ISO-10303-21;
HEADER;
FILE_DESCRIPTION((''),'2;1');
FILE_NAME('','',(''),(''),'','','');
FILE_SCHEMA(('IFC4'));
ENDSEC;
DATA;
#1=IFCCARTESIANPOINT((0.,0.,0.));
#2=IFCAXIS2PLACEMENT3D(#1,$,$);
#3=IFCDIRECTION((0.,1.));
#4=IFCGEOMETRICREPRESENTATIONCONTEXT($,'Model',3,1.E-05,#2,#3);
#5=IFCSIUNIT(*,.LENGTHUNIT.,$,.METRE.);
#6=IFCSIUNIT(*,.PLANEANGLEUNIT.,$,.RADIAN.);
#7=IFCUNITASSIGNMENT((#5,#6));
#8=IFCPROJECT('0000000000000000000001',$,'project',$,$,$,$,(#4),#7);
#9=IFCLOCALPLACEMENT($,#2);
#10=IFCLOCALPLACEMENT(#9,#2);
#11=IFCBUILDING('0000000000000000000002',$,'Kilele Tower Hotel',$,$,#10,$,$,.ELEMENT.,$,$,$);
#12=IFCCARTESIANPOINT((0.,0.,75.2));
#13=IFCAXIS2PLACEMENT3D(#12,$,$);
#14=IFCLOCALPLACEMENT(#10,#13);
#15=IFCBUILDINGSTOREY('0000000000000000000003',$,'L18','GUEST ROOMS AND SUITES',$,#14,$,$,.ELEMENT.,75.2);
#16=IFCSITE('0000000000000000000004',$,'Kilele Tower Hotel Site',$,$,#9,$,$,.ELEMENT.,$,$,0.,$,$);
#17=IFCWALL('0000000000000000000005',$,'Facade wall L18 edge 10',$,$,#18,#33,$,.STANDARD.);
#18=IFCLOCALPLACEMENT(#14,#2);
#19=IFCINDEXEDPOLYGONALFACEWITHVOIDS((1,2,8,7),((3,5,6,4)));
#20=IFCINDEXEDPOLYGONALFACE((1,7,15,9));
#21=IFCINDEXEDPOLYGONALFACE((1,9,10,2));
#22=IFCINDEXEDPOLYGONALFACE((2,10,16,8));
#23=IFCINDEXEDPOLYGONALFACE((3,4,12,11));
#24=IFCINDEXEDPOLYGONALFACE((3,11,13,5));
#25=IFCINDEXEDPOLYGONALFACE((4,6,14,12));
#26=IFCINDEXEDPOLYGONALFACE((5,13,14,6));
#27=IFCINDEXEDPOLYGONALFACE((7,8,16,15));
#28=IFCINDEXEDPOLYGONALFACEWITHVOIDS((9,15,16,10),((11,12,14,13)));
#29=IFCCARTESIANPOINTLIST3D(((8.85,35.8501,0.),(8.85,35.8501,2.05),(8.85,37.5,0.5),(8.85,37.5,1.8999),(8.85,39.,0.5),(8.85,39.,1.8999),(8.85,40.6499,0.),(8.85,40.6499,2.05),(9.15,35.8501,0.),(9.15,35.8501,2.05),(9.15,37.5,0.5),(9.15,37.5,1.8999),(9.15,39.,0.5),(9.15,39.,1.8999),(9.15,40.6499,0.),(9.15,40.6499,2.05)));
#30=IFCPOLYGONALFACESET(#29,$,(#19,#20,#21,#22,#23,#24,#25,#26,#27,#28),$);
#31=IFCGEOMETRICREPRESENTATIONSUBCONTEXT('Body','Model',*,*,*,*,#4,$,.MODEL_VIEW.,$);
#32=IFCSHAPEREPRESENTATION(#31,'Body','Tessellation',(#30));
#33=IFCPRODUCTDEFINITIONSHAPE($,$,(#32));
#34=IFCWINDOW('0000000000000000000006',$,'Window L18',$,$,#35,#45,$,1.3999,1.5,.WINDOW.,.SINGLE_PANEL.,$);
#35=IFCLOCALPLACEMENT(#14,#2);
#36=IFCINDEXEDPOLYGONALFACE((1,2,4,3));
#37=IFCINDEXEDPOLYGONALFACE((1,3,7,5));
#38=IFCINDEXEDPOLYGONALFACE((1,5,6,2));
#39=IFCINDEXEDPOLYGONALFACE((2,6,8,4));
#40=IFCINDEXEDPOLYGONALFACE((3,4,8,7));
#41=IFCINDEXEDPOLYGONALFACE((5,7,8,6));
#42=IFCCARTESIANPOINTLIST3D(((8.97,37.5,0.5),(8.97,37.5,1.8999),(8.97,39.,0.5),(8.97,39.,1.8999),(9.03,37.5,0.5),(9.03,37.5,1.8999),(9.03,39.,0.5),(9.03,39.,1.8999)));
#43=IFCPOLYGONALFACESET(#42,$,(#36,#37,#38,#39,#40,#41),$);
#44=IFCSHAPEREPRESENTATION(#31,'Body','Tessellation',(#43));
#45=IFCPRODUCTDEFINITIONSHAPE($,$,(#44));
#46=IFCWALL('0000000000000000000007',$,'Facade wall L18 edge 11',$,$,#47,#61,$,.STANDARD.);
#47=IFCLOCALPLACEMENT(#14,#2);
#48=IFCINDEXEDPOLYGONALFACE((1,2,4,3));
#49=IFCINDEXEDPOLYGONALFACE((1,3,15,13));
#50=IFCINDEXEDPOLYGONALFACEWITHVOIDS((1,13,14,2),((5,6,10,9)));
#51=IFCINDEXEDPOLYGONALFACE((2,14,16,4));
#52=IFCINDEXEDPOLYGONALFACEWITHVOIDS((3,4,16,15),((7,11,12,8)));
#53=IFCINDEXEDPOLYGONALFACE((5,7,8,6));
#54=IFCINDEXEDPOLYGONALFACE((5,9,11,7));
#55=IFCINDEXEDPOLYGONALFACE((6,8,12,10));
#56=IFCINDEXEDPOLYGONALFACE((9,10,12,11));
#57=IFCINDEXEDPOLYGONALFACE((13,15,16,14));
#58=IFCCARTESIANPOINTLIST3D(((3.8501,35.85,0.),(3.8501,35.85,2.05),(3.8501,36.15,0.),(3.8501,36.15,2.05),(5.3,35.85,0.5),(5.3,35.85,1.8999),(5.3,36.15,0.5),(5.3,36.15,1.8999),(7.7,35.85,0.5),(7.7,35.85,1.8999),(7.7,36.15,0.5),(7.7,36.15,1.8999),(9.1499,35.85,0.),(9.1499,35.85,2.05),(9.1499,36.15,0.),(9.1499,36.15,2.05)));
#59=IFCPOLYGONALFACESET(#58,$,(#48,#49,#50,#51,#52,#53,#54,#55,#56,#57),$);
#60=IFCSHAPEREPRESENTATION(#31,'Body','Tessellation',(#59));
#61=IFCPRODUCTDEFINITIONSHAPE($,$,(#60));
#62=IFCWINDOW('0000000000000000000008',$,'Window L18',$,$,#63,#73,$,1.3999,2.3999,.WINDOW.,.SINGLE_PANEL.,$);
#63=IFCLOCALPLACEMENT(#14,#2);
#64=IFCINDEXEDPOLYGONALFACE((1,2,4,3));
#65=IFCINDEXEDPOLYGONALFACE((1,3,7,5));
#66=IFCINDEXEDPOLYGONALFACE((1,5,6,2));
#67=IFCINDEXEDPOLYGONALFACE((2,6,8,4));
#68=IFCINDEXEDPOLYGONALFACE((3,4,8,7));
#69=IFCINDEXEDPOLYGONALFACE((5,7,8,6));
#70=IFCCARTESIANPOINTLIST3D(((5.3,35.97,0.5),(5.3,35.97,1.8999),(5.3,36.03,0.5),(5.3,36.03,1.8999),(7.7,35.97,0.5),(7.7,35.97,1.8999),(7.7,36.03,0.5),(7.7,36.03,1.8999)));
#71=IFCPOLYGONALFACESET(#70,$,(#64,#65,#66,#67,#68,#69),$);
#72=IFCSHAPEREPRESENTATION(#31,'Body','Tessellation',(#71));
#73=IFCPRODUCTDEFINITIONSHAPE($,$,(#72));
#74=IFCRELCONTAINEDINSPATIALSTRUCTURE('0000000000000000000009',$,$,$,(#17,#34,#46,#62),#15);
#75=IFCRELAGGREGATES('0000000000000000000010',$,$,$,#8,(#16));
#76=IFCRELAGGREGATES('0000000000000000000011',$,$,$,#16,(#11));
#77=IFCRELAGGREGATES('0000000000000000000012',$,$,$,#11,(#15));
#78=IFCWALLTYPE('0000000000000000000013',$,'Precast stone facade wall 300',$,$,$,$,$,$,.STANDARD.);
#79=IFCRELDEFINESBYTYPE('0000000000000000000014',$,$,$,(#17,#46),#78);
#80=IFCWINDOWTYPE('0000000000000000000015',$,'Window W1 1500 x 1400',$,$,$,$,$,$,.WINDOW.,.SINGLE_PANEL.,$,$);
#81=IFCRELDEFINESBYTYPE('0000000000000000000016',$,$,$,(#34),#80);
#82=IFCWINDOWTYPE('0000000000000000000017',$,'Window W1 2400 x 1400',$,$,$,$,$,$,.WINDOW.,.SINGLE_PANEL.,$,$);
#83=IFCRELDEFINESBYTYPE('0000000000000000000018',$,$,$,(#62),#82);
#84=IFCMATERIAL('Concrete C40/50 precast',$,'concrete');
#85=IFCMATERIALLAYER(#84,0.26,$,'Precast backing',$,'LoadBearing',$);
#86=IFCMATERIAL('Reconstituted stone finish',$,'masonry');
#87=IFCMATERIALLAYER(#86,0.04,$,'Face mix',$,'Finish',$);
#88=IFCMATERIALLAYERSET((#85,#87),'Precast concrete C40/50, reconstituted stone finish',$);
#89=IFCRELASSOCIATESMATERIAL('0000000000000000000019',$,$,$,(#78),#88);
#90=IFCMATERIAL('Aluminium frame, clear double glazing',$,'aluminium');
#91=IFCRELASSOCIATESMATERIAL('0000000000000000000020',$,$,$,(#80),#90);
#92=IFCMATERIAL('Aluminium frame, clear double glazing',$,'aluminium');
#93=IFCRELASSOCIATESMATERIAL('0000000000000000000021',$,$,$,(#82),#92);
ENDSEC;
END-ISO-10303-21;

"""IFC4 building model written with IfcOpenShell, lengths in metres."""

from ifc_helpers import new_model, si_unit, direction, frame, frame_2d, origin, place, context, subcontext, project, spatial, rectangle, extrude, material, layer, layer_set, type_object, element, fill, save


model = new_model("IFC4")

# Units and contexts
model_context = context("Model", 3, precision=1e-05, world=origin(), true_north=direction((0.0, 1.0)))
body_context = subcontext(model_context, "Body", "Model", "MODEL_VIEW")
ifc_project = project(units=[si_unit("LENGTHUNIT", "METRE"), si_unit("PLANEANGLEUNIT", "RADIAN")], contexts=[model_context])

# Site, building, storey
site_placement = place(None, origin())
site = spatial("IfcSite", under=ifc_project, at=site_placement, Name="Kilele Tower Hotel Site", CompositionType="ELEMENT", RefElevation=0.0)
building_placement = place(site_placement, origin())
building = spatial("IfcBuilding", under=site, at=building_placement, Name="Kilele Tower Hotel", CompositionType="ELEMENT")
storey_placement = place(building_placement, frame((0.0, 0.0, 75.2)))
storey = spatial("IfcBuildingStorey", under=building, at=storey_placement, Name="L18", Description="GUEST ROOMS AND SUITES", CompositionType="ELEMENT", Elevation=75.2)

# Walls, openings, windows
ifc_material_1 = material(Name="Concrete C40/50 precast", Category="concrete")
ifc_layer_1 = layer(ifc_material_1, 0.26, Name="Precast backing", Category="LoadBearing")
ifc_material_2 = material(Name="Reconstituted stone finish", Category="masonry")
ifc_layer_2 = layer(ifc_material_2, 0.04, Name="Face mix", Category="Finish")
ifc_layer_set_1 = layer_set([ifc_layer_1, ifc_layer_2], Name="Precast concrete C40/50, reconstituted stone finish")
wall_type_1 = type_object("IfcWallType", Name="Precast stone facade wall 300", PredefinedType="STANDARD", material=ifc_layer_set_1)
wall_1_placement = place(storey_placement, frame((9.0, 40.6499, 0.0), z_axis=(0.0, 0.0, 1.0), x_axis=(0.0, -1.0, 0.0)))
wall_1 = element("IfcWall", 1, at=wall_1_placement, inside=storey, type_object=wall_type_1, Name="Facade wall L18 edge 10", PredefinedType="STANDARD", context=body_context, shape_type="SweptSolid", body=[
    extrude(rectangle(XDim=4.7998, YDim=0.3, at=frame_2d((2.3999, 0.0))), origin(), (0.0, 0.0, 1.0), 2.05),
])
opening_1_placement = place(wall_1_placement, frame((1.6499, 0.0, 0.5)))
opening_1 = element("IfcOpeningElement", 2, at=opening_1_placement, cuts=wall_1, PredefinedType="OPENING", context=body_context, shape_type="SweptSolid", body=[
    extrude(rectangle(XDim=1.5, YDim=1.3999, at=frame_2d((0.75, 0.7))), frame((0.0, 0.1599, 0.0), z_axis=(0.0, -1.0, 0.0), x_axis=(1.0, 0.0, 0.0)), (0.0, 0.0, 1.0), 0.3201),
])
ifc_material_3 = material(Name="Aluminium frame, clear double glazing", Category="aluminium")
window_type_1 = type_object("IfcWindowType", Name="Window W1 1500 x 1400", PartitioningType="SINGLE_PANEL", PredefinedType="WINDOW", material=ifc_material_3)
window_1_placement = place(opening_1_placement, origin())
window_1 = element("IfcWindow", 3, at=window_1_placement, inside=storey, type_object=window_type_1, Name="Window L18", OverallHeight=1.3999, OverallWidth=1.5, PartitioningType="SINGLE_PANEL", PredefinedType="WINDOW", context=body_context, shape_type="SweptSolid", body=[
    extrude(rectangle(XDim=1.5, YDim=1.3999, at=frame_2d((0.75, 0.7))), frame((0.0, 0.03, 0.0), z_axis=(0.0, -1.0, 0.0), x_axis=(1.0, 0.0, 0.0)), (0.0, 0.0, 1.0), 0.0601),
])
fill(opening_1, window_1)
wall_2_placement = place(storey_placement, frame((9.1499, 36.0, 0.0), z_axis=(0.0, 0.0, 1.0), x_axis=(-1.0, 0.0, 0.0)))
wall_2 = element("IfcWall", 4, at=wall_2_placement, inside=storey, type_object=wall_type_1, Name="Facade wall L18 edge 11", PredefinedType="STANDARD", context=body_context, shape_type="SweptSolid", body=[
    extrude(rectangle(XDim=5.2998, YDim=0.3, at=frame_2d((2.6499, 0.0))), origin(), (0.0, 0.0, 1.0), 2.05),
])
opening_2_placement = place(wall_2_placement, frame((1.45, 0.0, 0.5)))
opening_2 = element("IfcOpeningElement", 5, at=opening_2_placement, cuts=wall_2, PredefinedType="OPENING", context=body_context, shape_type="SweptSolid", body=[
    extrude(rectangle(XDim=2.3999, YDim=1.3999, at=frame_2d((1.2, 0.7))), frame((0.0, 0.1599, 0.0), z_axis=(0.0, -1.0, 0.0), x_axis=(1.0, 0.0, 0.0)), (0.0, 0.0, 1.0), 0.3201),
])
ifc_material_4 = material(Name="Aluminium frame, clear double glazing", Category="aluminium")
window_type_2 = type_object("IfcWindowType", Name="Window W1 2400 x 1400", PartitioningType="SINGLE_PANEL", PredefinedType="WINDOW", material=ifc_material_4)
window_2_placement = place(opening_2_placement, origin())
window_2 = element("IfcWindow", 6, at=window_2_placement, inside=storey, type_object=window_type_2, Name="Window L18", OverallHeight=1.3999, OverallWidth=2.3999, PartitioningType="SINGLE_PANEL", PredefinedType="WINDOW", context=body_context, shape_type="SweptSolid", body=[
    extrude(rectangle(XDim=2.3999, YDim=1.3999, at=frame_2d((1.2, 0.7))), frame((0.0, 0.03, 0.0), z_axis=(0.0, -1.0, 0.0), x_axis=(1.0, 0.0, 0.0)), (0.0, 0.0, 1.0), 0.0601),
])
fill(opening_2, window_2)

save(model, "model.ifc")
